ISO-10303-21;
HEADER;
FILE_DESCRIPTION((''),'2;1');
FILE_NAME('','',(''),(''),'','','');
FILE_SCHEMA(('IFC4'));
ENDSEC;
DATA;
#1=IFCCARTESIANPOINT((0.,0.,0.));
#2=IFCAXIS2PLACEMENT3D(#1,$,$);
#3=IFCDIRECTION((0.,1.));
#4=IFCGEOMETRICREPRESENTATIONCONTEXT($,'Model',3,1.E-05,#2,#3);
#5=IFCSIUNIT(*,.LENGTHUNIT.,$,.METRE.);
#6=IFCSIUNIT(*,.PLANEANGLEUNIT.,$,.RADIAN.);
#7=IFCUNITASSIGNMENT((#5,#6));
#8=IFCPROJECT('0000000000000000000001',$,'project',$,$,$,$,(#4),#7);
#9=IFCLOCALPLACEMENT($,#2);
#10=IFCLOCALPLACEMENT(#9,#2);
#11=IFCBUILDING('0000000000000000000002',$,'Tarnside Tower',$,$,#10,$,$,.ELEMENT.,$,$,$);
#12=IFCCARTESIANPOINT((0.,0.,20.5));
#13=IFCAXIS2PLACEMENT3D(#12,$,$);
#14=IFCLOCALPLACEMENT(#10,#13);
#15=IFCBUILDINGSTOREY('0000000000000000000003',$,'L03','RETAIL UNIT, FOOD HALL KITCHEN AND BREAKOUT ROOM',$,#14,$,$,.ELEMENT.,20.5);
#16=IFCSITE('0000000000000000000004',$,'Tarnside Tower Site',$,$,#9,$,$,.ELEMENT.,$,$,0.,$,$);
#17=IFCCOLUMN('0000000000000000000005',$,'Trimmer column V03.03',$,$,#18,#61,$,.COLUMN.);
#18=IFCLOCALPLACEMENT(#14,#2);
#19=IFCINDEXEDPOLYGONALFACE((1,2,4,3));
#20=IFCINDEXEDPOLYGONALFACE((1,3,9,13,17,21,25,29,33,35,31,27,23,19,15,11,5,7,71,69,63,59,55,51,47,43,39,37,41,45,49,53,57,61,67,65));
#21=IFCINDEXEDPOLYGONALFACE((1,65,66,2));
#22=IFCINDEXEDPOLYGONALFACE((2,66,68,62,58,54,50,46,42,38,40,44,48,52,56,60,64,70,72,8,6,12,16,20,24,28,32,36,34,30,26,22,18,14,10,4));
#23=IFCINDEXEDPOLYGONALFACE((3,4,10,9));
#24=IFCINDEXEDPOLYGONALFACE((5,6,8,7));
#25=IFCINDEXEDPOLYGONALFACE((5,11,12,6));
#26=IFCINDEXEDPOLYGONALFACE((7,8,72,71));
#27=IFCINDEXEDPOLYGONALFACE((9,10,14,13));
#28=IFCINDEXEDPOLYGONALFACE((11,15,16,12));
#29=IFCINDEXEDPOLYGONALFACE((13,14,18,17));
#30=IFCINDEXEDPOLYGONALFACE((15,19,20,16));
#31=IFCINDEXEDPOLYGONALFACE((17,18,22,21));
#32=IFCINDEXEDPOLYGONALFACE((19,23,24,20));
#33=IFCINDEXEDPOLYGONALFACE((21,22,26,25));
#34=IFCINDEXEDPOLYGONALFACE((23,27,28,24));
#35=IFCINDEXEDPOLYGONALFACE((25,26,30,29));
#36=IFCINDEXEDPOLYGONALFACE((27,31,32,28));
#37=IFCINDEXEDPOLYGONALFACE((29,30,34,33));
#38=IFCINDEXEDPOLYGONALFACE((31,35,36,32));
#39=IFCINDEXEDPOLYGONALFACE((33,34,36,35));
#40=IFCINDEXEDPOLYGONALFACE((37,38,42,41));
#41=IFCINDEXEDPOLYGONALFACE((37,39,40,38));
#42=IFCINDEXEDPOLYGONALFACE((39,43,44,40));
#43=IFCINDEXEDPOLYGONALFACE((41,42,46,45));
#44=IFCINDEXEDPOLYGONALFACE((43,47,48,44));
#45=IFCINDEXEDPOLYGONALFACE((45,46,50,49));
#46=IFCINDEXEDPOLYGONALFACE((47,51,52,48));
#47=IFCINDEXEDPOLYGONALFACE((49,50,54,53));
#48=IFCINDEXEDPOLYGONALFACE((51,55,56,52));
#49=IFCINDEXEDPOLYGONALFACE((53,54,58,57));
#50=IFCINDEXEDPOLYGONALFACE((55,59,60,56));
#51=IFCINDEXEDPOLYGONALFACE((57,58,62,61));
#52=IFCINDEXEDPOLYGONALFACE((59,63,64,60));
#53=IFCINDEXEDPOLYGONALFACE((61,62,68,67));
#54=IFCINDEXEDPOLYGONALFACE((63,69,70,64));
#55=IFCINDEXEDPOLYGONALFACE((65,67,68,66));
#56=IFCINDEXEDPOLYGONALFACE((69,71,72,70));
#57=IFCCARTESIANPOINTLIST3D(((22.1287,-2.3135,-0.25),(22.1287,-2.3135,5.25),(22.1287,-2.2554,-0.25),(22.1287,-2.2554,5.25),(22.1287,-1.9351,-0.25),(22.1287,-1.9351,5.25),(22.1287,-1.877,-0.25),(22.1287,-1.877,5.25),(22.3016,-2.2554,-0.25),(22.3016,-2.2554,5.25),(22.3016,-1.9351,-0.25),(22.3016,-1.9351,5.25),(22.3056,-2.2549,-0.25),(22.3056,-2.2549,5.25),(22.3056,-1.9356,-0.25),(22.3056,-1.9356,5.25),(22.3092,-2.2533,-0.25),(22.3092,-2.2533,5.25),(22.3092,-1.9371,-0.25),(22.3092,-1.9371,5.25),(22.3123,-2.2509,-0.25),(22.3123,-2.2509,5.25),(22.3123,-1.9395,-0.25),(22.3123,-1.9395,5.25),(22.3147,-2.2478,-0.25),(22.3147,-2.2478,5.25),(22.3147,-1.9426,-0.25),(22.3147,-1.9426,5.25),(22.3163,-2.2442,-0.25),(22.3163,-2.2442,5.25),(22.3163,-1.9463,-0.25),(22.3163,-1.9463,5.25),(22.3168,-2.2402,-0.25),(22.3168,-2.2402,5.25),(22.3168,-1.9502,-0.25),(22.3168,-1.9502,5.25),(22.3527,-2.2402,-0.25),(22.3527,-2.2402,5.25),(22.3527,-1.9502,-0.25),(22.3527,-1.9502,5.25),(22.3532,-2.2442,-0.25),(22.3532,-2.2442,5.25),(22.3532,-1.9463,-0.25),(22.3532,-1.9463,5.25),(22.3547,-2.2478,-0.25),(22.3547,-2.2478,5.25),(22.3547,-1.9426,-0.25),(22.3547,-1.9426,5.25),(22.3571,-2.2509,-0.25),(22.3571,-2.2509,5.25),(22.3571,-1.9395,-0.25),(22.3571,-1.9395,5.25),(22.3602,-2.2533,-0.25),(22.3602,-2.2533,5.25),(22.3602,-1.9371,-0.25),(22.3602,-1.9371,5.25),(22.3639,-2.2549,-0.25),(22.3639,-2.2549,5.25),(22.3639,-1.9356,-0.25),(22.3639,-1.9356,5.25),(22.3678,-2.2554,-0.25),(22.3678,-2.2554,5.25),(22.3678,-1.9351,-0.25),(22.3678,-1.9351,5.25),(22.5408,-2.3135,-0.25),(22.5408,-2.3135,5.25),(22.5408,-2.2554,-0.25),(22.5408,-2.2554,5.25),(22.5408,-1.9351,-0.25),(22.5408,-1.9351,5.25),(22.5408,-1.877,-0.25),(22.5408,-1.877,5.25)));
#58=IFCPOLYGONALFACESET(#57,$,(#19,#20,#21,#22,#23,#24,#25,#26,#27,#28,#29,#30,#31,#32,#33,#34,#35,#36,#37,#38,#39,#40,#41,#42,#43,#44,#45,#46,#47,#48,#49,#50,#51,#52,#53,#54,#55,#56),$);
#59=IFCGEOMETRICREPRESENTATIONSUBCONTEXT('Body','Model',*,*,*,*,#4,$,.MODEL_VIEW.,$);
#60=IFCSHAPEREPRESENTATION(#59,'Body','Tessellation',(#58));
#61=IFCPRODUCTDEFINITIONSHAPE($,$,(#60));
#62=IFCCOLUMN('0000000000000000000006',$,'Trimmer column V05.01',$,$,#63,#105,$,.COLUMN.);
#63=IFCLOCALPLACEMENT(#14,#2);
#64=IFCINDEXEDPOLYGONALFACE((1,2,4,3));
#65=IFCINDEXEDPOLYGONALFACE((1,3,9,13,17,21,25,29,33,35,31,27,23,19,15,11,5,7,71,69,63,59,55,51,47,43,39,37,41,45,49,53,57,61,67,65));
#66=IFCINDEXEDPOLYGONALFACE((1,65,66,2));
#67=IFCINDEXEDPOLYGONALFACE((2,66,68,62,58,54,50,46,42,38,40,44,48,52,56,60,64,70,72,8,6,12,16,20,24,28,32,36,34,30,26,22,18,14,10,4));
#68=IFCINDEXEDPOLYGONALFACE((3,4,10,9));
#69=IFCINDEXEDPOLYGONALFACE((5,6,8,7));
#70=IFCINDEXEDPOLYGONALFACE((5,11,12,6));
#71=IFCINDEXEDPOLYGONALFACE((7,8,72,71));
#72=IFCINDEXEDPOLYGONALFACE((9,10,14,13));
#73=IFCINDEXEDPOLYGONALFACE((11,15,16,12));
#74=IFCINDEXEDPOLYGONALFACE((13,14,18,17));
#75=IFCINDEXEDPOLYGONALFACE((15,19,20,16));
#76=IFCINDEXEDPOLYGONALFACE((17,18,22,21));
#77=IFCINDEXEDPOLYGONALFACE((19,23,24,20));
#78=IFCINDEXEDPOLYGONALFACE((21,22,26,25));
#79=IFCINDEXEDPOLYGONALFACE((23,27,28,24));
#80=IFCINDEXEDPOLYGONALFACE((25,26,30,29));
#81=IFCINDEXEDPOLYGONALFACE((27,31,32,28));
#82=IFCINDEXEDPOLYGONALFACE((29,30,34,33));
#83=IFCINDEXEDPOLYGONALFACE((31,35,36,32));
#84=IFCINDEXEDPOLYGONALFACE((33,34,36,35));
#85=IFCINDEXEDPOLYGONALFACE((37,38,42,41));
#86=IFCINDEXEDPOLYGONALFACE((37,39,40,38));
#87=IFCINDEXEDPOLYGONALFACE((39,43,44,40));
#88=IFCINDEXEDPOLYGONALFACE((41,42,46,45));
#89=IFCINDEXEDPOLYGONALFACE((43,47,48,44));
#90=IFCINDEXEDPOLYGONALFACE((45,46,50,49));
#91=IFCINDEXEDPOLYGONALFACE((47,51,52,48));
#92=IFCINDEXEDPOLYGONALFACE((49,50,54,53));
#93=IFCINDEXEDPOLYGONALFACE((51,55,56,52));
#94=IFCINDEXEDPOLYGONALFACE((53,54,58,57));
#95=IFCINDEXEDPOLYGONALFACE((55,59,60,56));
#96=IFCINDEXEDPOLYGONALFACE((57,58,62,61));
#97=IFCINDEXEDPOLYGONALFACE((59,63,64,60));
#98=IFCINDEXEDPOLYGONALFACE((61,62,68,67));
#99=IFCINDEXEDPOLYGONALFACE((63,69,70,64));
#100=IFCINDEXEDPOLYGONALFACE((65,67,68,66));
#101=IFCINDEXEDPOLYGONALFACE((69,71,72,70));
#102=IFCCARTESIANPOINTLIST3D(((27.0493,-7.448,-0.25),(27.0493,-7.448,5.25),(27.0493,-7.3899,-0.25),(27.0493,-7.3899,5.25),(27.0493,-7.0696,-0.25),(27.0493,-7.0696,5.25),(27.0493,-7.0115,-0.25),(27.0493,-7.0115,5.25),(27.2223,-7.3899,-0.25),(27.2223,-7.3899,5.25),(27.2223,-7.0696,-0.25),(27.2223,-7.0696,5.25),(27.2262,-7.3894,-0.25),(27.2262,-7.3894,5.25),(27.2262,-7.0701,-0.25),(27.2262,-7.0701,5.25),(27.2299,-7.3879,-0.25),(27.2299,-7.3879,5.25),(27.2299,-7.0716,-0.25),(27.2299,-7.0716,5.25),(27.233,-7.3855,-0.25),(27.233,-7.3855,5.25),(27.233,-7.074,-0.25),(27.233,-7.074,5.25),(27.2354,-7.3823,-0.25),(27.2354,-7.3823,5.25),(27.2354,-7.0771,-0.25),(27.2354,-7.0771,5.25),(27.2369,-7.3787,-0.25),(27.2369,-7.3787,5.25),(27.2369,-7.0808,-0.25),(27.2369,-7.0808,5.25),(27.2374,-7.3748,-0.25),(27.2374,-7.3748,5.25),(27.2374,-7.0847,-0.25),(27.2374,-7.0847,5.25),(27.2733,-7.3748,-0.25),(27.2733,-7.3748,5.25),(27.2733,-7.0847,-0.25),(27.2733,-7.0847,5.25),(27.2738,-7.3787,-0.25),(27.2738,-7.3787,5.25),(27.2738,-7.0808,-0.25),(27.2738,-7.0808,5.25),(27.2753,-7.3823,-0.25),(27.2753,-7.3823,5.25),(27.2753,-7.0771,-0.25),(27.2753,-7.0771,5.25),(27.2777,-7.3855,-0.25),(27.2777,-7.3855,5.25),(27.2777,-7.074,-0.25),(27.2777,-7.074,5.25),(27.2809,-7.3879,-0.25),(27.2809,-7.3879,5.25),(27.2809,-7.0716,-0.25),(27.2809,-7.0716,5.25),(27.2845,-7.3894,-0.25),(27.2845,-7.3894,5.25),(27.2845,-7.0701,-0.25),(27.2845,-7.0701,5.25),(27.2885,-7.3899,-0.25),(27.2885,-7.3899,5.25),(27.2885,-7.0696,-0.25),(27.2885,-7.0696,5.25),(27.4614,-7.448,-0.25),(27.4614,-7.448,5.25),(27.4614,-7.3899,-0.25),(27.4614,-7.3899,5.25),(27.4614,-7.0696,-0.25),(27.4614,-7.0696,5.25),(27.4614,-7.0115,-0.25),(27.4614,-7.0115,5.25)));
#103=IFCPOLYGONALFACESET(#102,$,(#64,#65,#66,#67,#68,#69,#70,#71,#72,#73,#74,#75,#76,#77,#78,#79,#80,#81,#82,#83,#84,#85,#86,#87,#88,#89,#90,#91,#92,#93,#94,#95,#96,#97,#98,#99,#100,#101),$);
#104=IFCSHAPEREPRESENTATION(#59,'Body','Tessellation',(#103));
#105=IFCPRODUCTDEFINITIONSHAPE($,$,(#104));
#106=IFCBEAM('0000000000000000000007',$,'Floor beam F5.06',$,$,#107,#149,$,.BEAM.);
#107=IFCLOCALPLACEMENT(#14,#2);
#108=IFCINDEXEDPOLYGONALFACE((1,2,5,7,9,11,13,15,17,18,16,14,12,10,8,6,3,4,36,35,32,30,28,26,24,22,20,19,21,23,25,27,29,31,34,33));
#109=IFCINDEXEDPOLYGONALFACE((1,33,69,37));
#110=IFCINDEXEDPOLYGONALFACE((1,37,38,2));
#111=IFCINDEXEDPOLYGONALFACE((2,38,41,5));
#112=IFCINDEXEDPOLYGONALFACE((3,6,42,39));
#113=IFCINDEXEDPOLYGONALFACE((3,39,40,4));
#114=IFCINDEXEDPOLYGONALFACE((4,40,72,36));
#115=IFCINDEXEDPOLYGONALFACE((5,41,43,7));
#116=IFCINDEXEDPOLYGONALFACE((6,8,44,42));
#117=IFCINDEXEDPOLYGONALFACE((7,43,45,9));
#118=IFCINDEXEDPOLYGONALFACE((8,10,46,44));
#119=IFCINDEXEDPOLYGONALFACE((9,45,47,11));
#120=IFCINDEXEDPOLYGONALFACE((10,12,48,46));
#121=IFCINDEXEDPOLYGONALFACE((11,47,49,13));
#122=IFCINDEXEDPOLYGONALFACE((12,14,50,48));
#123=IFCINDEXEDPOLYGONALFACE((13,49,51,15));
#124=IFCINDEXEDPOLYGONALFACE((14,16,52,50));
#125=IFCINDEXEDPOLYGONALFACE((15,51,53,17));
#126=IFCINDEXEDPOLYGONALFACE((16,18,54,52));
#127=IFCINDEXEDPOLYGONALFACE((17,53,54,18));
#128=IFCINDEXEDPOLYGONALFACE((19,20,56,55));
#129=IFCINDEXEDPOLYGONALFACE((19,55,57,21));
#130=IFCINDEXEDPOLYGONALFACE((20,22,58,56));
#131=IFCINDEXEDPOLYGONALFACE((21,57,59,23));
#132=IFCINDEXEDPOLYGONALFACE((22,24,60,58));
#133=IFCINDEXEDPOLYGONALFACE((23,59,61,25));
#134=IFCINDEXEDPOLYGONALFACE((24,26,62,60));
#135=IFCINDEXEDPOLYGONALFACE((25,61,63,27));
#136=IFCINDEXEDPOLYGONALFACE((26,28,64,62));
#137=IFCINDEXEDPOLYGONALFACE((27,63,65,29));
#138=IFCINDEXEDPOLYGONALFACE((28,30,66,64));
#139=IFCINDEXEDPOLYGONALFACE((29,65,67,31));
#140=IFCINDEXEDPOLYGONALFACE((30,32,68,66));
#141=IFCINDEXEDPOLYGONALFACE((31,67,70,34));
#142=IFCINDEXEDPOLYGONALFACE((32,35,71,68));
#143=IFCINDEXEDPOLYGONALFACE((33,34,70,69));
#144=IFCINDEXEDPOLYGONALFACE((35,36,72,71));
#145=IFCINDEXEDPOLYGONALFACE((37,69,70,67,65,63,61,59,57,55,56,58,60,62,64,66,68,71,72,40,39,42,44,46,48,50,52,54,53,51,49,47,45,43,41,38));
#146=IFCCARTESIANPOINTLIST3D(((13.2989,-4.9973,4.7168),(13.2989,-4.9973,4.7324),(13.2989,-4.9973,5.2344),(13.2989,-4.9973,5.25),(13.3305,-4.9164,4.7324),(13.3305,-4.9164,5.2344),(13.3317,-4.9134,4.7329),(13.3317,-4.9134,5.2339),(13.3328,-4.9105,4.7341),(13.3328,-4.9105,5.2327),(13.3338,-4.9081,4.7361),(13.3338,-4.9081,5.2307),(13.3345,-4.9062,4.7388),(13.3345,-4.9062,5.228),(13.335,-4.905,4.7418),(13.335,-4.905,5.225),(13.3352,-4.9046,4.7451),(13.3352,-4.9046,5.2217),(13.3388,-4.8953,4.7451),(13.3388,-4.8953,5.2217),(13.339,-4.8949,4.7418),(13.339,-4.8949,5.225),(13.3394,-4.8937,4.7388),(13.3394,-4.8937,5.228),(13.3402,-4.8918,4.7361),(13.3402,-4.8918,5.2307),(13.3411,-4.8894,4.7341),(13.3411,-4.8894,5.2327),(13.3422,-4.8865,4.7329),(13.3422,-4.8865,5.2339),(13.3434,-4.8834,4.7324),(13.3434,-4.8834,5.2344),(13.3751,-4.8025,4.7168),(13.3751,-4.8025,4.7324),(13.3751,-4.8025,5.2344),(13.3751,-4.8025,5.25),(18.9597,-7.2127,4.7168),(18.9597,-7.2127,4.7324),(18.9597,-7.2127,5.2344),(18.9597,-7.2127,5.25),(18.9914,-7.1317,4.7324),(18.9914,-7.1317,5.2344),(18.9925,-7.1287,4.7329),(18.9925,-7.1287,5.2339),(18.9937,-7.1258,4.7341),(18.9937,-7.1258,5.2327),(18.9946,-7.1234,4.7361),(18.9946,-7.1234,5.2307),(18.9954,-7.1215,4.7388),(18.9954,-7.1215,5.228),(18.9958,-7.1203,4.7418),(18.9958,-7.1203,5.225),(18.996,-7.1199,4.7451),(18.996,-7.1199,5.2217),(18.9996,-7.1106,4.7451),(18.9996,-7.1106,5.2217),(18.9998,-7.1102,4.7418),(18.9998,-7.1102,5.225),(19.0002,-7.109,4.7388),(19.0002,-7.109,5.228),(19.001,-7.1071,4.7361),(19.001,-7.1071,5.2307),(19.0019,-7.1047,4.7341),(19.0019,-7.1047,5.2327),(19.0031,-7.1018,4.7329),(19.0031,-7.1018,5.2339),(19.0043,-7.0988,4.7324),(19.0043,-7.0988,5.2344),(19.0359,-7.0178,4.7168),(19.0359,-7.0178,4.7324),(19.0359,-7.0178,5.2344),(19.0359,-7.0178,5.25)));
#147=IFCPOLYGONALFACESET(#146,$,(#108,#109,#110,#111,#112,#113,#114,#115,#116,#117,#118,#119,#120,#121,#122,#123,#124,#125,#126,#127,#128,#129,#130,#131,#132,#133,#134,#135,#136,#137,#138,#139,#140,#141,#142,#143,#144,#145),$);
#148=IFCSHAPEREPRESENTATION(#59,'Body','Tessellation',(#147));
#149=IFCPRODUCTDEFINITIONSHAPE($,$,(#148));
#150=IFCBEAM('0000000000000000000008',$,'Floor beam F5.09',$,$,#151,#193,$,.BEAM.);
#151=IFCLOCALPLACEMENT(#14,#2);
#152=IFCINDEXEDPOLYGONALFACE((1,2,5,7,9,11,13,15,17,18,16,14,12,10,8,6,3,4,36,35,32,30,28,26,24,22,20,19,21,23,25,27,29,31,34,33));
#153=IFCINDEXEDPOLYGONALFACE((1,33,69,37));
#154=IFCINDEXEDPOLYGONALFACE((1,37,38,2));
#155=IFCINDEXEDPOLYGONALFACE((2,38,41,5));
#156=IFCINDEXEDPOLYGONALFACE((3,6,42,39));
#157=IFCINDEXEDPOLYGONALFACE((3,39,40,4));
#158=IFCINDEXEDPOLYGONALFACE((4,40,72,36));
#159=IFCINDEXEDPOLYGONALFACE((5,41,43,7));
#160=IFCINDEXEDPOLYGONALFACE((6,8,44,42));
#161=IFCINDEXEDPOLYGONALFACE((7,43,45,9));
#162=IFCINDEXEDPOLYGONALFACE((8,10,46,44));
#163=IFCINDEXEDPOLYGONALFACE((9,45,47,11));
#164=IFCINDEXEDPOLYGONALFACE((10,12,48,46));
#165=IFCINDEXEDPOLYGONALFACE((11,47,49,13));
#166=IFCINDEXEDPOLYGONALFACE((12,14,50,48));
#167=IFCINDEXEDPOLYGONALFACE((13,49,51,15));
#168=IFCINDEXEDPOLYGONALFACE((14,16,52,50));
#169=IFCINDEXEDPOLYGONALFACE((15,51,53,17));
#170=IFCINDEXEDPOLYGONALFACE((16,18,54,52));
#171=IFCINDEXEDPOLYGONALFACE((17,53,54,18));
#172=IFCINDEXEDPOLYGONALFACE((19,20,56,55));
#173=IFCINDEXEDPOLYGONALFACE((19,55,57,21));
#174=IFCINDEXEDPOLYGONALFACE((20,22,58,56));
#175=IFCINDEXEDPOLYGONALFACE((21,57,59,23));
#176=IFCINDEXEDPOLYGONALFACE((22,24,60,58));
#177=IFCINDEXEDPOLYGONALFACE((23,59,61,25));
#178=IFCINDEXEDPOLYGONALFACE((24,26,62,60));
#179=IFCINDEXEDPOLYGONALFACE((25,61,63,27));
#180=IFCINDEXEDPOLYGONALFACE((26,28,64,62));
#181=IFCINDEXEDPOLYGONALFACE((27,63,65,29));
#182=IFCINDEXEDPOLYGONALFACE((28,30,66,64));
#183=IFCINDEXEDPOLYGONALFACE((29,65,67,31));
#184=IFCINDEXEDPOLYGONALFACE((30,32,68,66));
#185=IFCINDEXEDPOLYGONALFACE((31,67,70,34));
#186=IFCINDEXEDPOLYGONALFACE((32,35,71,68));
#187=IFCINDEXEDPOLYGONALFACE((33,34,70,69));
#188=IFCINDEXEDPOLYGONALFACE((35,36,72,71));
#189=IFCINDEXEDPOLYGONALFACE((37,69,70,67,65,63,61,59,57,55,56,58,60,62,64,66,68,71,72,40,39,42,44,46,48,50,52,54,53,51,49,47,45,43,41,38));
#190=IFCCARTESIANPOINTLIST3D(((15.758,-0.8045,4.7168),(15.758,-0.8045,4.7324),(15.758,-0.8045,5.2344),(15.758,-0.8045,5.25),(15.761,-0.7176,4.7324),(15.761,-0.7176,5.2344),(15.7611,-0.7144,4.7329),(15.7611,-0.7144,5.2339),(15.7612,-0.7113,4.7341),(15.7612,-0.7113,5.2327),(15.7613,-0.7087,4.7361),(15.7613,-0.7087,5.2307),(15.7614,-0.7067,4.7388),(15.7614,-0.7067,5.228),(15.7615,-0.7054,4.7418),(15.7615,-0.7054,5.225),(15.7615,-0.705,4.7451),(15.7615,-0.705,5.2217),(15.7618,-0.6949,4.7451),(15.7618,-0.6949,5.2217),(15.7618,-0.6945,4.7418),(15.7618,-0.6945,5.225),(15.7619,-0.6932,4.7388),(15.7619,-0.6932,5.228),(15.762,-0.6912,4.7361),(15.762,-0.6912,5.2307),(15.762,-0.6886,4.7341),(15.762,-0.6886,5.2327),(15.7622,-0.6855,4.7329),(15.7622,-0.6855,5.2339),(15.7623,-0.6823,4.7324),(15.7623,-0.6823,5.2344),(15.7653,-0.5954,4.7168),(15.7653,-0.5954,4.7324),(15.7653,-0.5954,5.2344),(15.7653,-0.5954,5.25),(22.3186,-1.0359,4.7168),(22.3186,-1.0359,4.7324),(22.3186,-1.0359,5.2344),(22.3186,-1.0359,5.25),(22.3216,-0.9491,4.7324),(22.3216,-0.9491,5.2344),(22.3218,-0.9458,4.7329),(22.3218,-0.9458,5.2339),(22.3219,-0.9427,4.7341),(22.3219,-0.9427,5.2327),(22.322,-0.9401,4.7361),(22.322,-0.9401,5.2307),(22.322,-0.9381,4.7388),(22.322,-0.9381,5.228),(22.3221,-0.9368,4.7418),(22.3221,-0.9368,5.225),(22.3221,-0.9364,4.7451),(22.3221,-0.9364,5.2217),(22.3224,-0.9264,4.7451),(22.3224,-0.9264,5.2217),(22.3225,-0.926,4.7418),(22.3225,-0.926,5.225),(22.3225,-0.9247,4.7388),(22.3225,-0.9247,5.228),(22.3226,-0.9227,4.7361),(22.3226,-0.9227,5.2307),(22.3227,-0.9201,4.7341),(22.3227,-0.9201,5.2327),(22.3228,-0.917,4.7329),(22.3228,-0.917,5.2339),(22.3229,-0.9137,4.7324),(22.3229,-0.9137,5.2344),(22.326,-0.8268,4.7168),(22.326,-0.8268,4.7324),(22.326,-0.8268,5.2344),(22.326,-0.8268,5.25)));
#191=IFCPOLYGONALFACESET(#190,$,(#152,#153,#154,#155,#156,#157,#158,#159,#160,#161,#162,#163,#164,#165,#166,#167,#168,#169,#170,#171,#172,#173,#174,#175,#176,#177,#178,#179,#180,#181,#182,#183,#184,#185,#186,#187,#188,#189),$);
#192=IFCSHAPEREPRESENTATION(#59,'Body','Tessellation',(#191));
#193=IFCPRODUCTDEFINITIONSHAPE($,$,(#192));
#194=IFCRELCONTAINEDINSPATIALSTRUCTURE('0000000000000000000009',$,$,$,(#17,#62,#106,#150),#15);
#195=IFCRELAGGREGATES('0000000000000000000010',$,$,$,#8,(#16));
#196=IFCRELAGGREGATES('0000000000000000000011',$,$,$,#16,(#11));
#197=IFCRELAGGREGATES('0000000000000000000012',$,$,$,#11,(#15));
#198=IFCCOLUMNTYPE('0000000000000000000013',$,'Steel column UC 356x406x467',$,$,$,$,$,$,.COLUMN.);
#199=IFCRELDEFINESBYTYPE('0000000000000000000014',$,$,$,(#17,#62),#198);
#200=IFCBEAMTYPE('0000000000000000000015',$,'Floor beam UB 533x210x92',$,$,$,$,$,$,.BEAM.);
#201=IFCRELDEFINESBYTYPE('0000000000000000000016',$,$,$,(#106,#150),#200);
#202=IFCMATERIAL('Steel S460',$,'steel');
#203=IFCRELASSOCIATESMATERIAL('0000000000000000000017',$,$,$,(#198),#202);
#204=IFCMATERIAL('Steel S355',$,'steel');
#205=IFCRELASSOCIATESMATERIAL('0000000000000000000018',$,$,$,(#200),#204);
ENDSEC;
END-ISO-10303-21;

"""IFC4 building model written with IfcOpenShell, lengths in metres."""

from ifc_helpers import new_model, si_unit, direction, frame, origin, origin_2d, place, context, subcontext, project, spatial, i_section, extrude, material, material_profile, profile_set, type_object, element, save


model = new_model("IFC4")

# Units and contexts
model_context = context("Model", 3, precision=1e-05, world=origin(), true_north=direction((0.0, 1.0)))
body_context = subcontext(model_context, "Body", "Model", "MODEL_VIEW")
ifc_project = project(units=[si_unit("LENGTHUNIT", "METRE"), si_unit("PLANEANGLEUNIT", "RADIAN")], contexts=[model_context])

# Site, building, storey
site_placement = place(None, origin())
site = spatial("IfcSite", under=ifc_project, at=site_placement, Name="Tarnside Tower Site", CompositionType="ELEMENT", RefElevation=0.0)
building_placement = place(site_placement, origin())
building = spatial("IfcBuilding", under=site, at=building_placement, Name="Tarnside Tower", CompositionType="ELEMENT")
storey_placement = place(building_placement, frame((0.0, 0.0, 20.5)))
storey = spatial("IfcBuildingStorey", under=building, at=storey_placement, Name="L03", Description="RETAIL UNIT, FOOD HALL KITCHEN AND BREAKOUT ROOM", CompositionType="ELEMENT", Elevation=20.5)

# Columns
ifc_material_1 = material(Name="Steel S460", Category="steel")
ifc_material_profile_1 = material_profile(ifc_material_1, i_section(OverallWidth=0.4121, OverallDepth=0.4365, WebThickness=0.0359, FlangeThickness=0.0581, FilletRadius=0.0151, at=origin_2d()), Name="UC 356x406x467")
ifc_profile_set_1 = profile_set([ifc_material_profile_1], Name="Steel S460")
column_type = type_object("IfcColumnType", Name="Steel column UC 356x406x467", PredefinedType="COLUMN", material=ifc_profile_set_1)
for number, where, z_axis, x_axis, name in (
    (1, (22.3347, -2.0952, -0.25), (0.0, 0.0, 1.0), (1.0, 0.0, 0.0), "Trimmer column V03.03"),
    (2, (27.2554, -7.2297, -0.25), (0.0, 0.0, 1.0), (1.0, 0.0, 0.0), "Trimmer column V05.01"),
):
    element("IfcColumn", number, at=place(storey_placement, frame(where, z_axis=z_axis, x_axis=x_axis)), inside=storey, type_object=column_type, Name=name, PredefinedType="COLUMN", context=body_context, shape_type="SweptSolid", body=[
        extrude(i_section(OverallWidth=0.4121, OverallDepth=0.4365, WebThickness=0.0359, FlangeThickness=0.0581, FilletRadius=0.0151, at=origin_2d()), origin(), (0.0, 0.0, 1.0), 5.5),
    ])

# Beams
ifc_material_2 = material(Name="Steel S355", Category="steel")
ifc_material_profile_2 = material_profile(ifc_material_2, i_section(OverallWidth=0.2092, OverallDepth=0.5332, WebThickness=0.01, FlangeThickness=0.0156, FilletRadius=0.0127, at=origin_2d()), Name="UB 533x210x92")
ifc_profile_set_2 = profile_set([ifc_material_profile_2], Name="Steel S355")
beam_type_1 = type_object("IfcBeamType", Name="Floor beam UB 533x210x92", PredefinedType="BEAM", material=ifc_profile_set_2)
beam_1_placement = place(storey_placement, frame((18.9978, -7.1152, 4.9834), z_axis=(-0.931232, 0.364428, 0.0), x_axis=(-0.364428, -0.931232, 0.0)))
element("IfcBeam", 3, at=beam_1_placement, inside=storey, type_object=beam_type_1, Name="Floor beam F5.06", PredefinedType="BEAM", context=body_context, shape_type="SweptSolid", body=[
    extrude(i_section(OverallWidth=0.2092, OverallDepth=0.5332, WebThickness=0.01, FlangeThickness=0.0156, FilletRadius=0.0127, at=origin_2d()), origin(), (0.0, 0.0, 1.0), 6.0789),
])
beam_2_placement = place(storey_placement, frame((22.3223, -0.9314, 4.9834), z_axis=(-0.999378, 0.035256, 0.0), x_axis=(-0.035256, -0.999378, 0.0)))
element("IfcBeam", 4, at=beam_2_placement, inside=storey, type_object=beam_type_1, Name="Floor beam F5.09", PredefinedType="BEAM", context=body_context, shape_type="SweptSolid", body=[
    extrude(i_section(OverallWidth=0.2092, OverallDepth=0.5332, WebThickness=0.01, FlangeThickness=0.0156, FilletRadius=0.0127, at=origin_2d()), origin(), (0.0, 0.0, 1.0), 6.5647),
])

save(model, "model.ifc")
